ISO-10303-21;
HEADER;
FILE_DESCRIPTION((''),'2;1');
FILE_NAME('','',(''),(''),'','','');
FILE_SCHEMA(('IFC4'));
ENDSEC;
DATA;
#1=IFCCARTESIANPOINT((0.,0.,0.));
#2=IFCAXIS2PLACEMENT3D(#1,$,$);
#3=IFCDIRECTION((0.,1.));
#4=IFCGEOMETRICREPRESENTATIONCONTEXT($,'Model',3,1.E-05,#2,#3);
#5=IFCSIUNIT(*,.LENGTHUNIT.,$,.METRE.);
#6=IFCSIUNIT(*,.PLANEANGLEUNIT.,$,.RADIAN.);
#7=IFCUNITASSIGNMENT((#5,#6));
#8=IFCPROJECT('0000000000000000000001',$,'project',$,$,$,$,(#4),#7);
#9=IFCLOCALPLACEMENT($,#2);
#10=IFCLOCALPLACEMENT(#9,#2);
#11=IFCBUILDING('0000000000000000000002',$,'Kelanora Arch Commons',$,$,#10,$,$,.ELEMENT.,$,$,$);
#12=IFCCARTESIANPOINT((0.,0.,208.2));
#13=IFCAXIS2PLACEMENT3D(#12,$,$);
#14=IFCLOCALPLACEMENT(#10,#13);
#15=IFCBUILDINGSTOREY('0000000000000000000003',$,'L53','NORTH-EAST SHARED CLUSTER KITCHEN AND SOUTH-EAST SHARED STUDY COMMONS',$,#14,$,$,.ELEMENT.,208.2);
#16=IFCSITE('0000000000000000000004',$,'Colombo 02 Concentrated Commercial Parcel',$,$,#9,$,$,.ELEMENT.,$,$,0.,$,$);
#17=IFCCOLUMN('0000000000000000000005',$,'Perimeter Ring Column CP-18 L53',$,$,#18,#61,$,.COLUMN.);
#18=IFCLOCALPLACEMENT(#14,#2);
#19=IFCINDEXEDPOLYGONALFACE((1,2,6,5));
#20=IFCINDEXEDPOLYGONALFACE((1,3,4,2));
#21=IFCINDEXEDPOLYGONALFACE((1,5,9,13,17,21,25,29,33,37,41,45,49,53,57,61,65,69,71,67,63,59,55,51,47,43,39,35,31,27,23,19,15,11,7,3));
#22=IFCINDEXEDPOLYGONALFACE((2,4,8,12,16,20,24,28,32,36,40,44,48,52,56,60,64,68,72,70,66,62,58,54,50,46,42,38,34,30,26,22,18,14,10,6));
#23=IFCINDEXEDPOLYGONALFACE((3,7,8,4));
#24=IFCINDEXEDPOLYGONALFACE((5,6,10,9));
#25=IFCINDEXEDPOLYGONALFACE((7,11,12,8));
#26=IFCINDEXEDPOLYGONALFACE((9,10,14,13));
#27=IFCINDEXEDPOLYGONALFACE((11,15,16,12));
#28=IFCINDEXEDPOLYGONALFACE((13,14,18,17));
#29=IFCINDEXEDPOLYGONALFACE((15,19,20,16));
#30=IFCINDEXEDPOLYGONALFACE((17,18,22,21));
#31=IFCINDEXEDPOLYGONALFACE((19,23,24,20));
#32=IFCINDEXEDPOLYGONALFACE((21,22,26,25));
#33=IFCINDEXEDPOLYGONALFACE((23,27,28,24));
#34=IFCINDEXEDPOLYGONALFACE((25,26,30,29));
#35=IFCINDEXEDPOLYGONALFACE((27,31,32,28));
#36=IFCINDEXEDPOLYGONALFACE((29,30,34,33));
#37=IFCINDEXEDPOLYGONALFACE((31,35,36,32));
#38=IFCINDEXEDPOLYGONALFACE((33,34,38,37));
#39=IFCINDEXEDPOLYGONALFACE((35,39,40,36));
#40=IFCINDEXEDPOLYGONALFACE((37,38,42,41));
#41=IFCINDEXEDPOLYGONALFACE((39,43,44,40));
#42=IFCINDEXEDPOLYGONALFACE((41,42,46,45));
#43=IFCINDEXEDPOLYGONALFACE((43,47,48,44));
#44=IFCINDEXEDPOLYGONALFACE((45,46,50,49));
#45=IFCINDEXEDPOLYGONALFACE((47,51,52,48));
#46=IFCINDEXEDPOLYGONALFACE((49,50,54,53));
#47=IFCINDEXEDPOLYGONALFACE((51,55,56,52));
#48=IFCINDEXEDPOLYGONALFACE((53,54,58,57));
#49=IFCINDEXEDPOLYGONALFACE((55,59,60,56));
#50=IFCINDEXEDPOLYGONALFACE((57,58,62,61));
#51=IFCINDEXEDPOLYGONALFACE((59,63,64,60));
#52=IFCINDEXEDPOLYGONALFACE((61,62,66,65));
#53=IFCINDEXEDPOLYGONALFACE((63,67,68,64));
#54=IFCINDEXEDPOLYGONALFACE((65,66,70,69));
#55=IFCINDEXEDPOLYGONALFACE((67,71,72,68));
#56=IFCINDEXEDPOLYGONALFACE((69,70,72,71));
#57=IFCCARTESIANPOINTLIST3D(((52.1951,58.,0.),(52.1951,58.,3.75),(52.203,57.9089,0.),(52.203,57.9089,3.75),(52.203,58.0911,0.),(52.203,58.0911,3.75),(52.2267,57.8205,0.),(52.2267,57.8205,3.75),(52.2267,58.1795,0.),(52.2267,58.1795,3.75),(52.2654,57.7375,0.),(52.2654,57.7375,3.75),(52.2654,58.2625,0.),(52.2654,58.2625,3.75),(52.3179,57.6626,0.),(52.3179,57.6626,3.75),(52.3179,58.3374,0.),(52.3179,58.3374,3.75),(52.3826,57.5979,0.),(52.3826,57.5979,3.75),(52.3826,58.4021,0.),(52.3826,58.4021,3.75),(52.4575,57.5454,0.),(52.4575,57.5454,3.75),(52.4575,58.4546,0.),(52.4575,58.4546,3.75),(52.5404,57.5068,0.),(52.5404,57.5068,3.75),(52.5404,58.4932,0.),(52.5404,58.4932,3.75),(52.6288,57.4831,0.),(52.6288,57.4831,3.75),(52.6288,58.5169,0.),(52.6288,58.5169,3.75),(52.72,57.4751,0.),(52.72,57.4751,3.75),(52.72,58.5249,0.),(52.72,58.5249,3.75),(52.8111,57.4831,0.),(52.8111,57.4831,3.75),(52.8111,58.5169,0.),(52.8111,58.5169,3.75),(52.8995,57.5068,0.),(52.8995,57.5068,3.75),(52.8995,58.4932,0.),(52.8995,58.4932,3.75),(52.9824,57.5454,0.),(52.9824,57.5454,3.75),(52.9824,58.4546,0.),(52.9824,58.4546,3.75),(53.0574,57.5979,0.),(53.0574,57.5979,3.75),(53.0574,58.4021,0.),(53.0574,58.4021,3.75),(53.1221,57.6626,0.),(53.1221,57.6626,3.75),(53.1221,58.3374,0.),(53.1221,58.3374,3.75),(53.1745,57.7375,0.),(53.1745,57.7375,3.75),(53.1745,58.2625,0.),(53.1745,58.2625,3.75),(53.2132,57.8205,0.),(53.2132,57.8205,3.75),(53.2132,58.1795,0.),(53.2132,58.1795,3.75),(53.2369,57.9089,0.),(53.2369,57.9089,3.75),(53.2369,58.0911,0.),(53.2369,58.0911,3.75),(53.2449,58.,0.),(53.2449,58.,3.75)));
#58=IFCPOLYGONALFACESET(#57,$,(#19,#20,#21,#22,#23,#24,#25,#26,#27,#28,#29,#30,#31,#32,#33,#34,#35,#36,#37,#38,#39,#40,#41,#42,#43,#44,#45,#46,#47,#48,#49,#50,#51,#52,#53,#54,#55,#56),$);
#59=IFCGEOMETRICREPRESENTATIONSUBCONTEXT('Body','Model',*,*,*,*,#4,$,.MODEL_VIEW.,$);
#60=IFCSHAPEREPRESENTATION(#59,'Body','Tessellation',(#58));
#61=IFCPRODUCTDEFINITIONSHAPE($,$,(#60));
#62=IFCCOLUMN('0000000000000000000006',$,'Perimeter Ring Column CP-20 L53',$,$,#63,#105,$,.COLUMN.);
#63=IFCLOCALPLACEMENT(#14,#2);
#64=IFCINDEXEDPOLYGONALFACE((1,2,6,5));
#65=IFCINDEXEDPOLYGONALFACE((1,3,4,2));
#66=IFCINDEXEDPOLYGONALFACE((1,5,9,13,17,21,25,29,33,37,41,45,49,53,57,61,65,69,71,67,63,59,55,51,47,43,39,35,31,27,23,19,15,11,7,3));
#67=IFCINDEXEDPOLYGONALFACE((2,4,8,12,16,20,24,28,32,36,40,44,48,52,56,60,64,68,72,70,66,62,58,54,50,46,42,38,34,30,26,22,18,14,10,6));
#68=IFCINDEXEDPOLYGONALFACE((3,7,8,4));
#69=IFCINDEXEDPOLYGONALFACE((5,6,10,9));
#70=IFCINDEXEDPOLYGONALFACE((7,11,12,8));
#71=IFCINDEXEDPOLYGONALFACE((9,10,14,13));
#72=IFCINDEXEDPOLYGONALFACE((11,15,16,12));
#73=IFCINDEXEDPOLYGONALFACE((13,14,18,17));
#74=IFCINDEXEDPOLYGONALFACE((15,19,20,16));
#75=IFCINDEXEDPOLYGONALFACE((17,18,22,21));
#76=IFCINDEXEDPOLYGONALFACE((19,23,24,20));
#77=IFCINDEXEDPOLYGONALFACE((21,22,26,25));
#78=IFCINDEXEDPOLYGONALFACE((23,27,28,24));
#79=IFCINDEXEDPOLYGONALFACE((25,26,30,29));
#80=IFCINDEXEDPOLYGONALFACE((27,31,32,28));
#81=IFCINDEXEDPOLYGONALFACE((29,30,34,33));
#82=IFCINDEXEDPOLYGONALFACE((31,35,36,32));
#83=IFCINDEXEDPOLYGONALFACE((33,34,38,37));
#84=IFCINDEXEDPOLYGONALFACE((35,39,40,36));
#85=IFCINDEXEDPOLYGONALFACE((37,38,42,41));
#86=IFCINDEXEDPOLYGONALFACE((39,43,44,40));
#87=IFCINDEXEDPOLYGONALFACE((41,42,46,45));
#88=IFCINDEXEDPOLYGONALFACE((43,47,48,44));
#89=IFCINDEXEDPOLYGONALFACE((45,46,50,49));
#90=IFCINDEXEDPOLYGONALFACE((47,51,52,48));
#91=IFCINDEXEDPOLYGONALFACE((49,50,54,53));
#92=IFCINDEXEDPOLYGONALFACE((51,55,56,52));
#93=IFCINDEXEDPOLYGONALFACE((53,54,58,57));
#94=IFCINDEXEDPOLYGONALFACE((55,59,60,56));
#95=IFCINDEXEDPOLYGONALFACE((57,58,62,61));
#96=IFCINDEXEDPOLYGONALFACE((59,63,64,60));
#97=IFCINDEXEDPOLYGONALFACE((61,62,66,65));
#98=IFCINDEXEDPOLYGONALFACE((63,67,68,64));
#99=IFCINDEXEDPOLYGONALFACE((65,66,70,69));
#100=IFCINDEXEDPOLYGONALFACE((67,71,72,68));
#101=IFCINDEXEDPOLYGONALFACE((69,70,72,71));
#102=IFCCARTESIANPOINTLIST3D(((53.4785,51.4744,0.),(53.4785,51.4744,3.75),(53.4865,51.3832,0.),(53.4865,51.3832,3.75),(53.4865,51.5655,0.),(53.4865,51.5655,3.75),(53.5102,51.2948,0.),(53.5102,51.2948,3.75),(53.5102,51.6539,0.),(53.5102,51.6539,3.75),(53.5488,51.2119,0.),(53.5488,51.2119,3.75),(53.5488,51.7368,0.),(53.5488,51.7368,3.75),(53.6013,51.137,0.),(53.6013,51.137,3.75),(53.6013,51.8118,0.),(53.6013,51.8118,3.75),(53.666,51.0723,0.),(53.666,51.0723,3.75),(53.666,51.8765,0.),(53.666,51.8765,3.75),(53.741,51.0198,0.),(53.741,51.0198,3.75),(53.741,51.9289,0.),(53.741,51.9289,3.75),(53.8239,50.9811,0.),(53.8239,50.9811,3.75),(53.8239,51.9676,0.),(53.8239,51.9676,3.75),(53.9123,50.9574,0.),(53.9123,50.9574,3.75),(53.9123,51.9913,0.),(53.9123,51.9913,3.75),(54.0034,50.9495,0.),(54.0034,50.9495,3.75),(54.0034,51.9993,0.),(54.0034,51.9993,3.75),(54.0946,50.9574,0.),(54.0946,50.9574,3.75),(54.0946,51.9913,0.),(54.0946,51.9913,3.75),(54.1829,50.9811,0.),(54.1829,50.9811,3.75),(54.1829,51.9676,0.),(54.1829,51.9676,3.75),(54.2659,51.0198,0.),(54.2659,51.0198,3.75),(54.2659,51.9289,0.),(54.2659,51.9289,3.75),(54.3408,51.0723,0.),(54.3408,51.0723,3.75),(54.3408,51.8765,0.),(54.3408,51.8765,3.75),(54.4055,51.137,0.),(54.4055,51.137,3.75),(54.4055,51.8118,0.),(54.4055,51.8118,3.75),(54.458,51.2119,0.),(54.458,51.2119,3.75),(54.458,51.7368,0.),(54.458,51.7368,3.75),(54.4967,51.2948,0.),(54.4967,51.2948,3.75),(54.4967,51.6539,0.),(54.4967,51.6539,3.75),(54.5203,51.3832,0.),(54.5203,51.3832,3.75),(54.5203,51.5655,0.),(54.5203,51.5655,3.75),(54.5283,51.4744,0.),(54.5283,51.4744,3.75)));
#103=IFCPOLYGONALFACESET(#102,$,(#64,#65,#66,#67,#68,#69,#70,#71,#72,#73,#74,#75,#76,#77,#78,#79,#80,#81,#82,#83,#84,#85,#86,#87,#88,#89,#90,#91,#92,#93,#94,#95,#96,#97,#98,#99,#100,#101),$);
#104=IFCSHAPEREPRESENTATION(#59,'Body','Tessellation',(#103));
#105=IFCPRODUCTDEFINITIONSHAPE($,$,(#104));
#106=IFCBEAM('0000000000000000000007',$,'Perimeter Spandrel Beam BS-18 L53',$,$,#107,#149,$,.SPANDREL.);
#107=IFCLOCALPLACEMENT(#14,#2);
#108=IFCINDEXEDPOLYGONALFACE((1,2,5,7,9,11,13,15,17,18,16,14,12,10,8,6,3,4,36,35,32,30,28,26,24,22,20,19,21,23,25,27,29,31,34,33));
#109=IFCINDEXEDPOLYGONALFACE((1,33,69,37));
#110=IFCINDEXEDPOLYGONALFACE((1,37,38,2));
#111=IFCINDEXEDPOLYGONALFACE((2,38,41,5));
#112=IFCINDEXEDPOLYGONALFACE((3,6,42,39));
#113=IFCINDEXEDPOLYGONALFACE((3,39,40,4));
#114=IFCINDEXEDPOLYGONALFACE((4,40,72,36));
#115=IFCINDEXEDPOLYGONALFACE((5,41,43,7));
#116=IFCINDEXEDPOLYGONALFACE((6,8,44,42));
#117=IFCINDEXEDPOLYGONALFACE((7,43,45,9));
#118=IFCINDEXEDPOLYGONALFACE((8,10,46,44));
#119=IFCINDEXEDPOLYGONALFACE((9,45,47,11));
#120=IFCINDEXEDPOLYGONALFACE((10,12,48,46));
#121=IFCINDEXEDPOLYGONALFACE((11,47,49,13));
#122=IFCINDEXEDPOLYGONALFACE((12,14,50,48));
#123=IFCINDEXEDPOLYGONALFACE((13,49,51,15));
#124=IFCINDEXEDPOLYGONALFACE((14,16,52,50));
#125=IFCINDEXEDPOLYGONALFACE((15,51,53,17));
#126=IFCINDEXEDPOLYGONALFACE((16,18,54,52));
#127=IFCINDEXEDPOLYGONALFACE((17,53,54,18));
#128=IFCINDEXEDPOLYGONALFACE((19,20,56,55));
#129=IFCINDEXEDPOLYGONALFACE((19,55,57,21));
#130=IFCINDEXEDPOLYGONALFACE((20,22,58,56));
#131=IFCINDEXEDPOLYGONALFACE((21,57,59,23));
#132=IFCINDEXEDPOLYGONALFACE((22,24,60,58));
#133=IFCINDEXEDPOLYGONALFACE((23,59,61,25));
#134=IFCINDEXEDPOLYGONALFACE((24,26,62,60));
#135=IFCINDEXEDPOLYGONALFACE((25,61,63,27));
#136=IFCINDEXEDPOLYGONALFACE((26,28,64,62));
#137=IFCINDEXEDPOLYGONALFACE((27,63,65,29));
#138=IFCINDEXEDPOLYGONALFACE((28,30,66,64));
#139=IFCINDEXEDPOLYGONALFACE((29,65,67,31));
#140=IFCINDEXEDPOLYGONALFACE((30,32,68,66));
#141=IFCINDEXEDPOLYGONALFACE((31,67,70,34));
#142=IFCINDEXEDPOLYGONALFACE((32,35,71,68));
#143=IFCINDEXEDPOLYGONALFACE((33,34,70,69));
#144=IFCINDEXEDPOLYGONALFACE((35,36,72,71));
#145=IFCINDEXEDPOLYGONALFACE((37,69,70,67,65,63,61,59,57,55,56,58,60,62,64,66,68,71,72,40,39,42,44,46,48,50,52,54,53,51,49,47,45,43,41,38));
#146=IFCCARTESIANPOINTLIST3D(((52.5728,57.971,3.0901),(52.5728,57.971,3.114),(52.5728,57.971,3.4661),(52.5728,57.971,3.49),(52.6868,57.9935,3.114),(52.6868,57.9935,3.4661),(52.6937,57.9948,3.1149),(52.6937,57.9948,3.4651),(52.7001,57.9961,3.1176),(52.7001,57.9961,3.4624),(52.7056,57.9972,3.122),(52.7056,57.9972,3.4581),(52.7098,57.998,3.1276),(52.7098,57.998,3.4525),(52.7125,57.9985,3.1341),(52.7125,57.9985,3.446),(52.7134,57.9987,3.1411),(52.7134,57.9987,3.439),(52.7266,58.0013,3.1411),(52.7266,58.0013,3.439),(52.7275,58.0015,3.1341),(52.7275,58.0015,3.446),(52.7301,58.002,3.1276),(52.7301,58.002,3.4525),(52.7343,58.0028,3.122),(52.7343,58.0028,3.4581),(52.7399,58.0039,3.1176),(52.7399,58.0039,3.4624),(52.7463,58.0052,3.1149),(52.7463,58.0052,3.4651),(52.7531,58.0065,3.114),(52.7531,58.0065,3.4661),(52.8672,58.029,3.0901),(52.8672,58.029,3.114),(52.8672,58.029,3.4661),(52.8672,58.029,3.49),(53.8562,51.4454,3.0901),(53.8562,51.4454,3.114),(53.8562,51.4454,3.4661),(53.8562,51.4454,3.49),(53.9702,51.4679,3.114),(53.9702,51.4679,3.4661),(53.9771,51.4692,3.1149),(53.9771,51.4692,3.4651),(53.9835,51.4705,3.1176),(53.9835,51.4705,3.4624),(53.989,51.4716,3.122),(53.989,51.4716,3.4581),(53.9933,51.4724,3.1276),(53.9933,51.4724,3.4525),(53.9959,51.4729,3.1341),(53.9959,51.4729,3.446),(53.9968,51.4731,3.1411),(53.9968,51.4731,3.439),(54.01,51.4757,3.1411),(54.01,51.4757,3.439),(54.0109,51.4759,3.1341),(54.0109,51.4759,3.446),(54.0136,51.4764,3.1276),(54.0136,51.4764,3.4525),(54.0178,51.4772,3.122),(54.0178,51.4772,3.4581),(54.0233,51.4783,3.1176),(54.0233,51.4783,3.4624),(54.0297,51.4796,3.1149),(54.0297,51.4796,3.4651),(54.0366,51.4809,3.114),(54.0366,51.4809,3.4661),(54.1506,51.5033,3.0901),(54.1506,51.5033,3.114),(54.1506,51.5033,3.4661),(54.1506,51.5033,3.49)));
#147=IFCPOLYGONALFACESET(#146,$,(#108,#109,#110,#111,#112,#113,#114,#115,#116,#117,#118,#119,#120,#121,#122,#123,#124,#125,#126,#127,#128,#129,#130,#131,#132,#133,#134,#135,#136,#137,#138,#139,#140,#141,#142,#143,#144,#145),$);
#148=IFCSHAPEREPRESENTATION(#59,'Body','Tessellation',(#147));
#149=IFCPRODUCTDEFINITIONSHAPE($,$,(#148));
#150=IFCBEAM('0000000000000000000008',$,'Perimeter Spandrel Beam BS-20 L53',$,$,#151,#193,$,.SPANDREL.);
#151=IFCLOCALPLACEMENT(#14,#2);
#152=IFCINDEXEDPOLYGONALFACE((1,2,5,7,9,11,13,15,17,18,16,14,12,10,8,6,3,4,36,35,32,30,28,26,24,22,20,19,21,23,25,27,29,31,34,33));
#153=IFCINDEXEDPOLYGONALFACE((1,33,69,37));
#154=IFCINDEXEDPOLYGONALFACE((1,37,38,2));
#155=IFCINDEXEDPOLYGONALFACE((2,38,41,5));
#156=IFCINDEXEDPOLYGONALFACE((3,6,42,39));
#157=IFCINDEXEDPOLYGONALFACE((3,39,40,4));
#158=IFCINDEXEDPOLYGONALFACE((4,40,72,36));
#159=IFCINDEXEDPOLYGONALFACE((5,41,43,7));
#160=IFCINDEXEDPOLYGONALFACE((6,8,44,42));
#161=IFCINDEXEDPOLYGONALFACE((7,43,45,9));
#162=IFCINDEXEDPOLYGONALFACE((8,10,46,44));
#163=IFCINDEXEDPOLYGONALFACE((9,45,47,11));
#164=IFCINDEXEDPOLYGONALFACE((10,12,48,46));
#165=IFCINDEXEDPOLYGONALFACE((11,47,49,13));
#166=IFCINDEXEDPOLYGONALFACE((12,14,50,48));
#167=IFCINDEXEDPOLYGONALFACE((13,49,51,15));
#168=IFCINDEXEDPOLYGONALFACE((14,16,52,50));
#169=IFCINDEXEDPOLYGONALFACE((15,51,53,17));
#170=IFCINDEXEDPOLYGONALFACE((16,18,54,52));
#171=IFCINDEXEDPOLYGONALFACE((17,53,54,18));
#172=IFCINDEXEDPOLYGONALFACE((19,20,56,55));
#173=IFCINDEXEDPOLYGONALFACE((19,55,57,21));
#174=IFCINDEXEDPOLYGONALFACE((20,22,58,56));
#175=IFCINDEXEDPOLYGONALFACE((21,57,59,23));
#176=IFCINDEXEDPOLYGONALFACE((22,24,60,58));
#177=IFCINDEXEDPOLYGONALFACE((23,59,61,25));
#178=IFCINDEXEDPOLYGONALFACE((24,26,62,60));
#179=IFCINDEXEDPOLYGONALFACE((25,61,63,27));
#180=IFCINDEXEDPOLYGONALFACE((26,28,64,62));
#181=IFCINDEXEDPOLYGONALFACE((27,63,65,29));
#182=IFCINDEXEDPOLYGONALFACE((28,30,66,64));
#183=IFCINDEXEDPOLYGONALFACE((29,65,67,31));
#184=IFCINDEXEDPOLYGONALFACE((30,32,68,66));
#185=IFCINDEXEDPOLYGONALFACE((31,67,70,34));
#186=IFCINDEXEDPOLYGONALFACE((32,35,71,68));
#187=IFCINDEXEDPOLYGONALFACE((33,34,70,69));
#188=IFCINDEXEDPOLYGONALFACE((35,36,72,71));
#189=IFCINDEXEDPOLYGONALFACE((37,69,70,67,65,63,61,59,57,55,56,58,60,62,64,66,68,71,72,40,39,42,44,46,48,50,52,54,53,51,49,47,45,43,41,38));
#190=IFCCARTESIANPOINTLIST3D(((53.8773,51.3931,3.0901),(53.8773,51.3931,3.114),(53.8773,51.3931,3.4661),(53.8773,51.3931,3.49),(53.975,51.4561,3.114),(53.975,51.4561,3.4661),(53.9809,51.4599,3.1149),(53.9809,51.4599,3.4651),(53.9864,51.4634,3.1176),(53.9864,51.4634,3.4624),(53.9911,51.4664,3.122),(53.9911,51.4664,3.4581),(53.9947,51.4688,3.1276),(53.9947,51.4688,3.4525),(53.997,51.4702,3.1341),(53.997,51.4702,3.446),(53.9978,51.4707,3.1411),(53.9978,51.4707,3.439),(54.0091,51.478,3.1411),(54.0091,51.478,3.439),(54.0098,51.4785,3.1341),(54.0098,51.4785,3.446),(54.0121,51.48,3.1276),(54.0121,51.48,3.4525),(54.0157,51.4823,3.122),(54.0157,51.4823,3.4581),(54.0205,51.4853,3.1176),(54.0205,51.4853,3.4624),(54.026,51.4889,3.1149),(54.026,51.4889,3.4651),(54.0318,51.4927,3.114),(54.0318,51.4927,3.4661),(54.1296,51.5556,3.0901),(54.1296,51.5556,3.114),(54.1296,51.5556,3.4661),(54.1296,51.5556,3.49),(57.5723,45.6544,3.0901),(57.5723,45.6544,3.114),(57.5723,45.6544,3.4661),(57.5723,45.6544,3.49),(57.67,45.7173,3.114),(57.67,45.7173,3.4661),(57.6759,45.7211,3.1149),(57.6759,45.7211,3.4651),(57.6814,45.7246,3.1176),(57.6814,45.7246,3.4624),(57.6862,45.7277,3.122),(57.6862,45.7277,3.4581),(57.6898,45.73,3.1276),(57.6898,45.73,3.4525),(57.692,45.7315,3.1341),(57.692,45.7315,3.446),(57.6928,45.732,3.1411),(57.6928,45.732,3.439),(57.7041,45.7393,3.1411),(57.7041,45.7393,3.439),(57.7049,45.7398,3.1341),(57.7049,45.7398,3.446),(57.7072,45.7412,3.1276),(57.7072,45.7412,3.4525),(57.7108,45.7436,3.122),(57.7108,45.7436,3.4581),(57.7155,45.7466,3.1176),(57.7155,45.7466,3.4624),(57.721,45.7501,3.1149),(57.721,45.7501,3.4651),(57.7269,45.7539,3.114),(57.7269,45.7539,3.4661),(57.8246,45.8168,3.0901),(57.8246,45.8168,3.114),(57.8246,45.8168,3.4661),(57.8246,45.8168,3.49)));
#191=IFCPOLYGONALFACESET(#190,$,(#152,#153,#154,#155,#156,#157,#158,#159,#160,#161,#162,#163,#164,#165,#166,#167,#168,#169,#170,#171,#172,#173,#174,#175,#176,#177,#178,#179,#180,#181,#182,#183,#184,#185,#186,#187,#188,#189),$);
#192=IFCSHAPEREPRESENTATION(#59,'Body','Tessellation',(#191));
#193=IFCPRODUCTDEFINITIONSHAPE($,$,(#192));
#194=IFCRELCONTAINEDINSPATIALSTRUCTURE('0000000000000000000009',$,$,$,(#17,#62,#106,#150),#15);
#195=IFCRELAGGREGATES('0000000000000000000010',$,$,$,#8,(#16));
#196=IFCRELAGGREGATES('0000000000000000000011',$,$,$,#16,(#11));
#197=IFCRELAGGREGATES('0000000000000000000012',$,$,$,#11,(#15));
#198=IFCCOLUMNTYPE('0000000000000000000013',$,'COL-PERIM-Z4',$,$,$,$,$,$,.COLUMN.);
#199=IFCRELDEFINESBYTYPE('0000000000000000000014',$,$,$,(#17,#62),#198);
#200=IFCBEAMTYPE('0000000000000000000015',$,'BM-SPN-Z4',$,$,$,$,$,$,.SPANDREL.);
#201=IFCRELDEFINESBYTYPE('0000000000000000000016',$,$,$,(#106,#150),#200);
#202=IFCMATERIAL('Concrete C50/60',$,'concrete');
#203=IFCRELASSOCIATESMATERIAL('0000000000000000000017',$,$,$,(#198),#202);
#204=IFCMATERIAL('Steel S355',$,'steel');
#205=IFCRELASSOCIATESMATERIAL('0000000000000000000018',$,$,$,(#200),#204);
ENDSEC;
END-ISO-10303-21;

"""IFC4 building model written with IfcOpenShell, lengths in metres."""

from ifc_helpers import new_model, si_unit, direction, frame, origin, origin_2d, place, context, subcontext, project, spatial, circle, i_section, extrude, material, material_profile, profile_set, type_object, element, save


model = new_model("IFC4")

# Units and contexts
model_context = context("Model", 3, precision=1e-05, world=origin(), true_north=direction((0.0, 1.0)))
body_context = subcontext(model_context, "Body", "Model", "MODEL_VIEW")
ifc_project = project(units=[si_unit("LENGTHUNIT", "METRE"), si_unit("PLANEANGLEUNIT", "RADIAN")], contexts=[model_context])

# Site, building, storey
site_placement = place(None, origin())
site = spatial("IfcSite", under=ifc_project, at=site_placement, Name="Colombo 02 Concentrated Commercial Parcel", CompositionType="ELEMENT", RefElevation=0.0)
building_placement = place(site_placement, origin())
building = spatial("IfcBuilding", under=site, at=building_placement, Name="Kelanora Arch Commons", CompositionType="ELEMENT")
storey_placement = place(building_placement, frame((0.0, 0.0, 208.2)))
storey = spatial("IfcBuildingStorey", under=building, at=storey_placement, Name="L53", Description="NORTH-EAST SHARED CLUSTER KITCHEN AND SOUTH-EAST SHARED STUDY COMMONS", CompositionType="ELEMENT", Elevation=208.2)

# Columns
ifc_material_1 = material(Name="Concrete C50/60", Category="concrete")
ifc_material_profile_1 = material_profile(ifc_material_1, circle(Radius=0.5249, at=origin_2d()), Name="RCC1050")
ifc_profile_set_1 = profile_set([ifc_material_profile_1], Name="Concrete C50/60")
column_type = type_object("IfcColumnType", Name="COL-PERIM-Z4", PredefinedType="COLUMN", material=ifc_profile_set_1)
for number, where, z_axis, x_axis, name in (
    (1, (52.72, 58.0, 0.0), (0.0, 0.0, 1.0), (1.0, 0.0, 0.0), "Perimeter Ring Column CP-18 L53"),
    (2, (54.0034, 51.4744, 0.0), (0.0, 0.0, 1.0), (1.0, 0.0, 0.0), "Perimeter Ring Column CP-20 L53"),
):
    element("IfcColumn", number, at=place(storey_placement, frame(where, z_axis=z_axis, x_axis=x_axis)), inside=storey, type_object=column_type, Name=name, PredefinedType="COLUMN", context=body_context, shape_type="SweptSolid", body=[
        extrude(circle(Radius=0.5249, at=origin_2d()), origin(), (0.0, 0.0, 1.0), 3.75),
    ])

# Beams
ifc_material_2 = material(Name="Steel S355", Category="steel")
ifc_material_profile_2 = material_profile(ifc_material_2, i_section(OverallWidth=0.3, OverallDepth=0.3999, WebThickness=0.0134, FlangeThickness=0.0239, FilletRadius=0.0271, at=origin_2d()), Name="HEB400")
ifc_profile_set_2 = profile_set([ifc_material_profile_2], Name="Steel S355")
beam_type = type_object("IfcBeamType", Name="BM-SPN-Z4", PredefinedType="SPANDREL", material=ifc_profile_set_2)
beam_1_placement = place(storey_placement, frame((52.72, 58.0, 3.29), z_axis=(0.192981, -0.981203, 0.0), x_axis=(0.981203, 0.192981, 0.0)))
element("IfcBeam", 3, at=beam_1_placement, inside=storey, type_object=beam_type, Name="Perimeter Spandrel Beam BS-18 L53", PredefinedType="SPANDREL", context=body_context, shape_type="SweptSolid", body=[
    extrude(i_section(OverallWidth=0.3, OverallDepth=0.3999, WebThickness=0.0134, FlangeThickness=0.0239, FilletRadius=0.0271, at=origin_2d()), origin(), (0.0, 0.0, 1.0), 6.6506),
])
beam_2_placement = place(storey_placement, frame((54.0034, 51.4744, 3.29), z_axis=(0.541365, -0.840788, 0.0), x_axis=(0.840788, 0.541365, 0.0)))
element("IfcBeam", 4, at=beam_2_placement, inside=storey, type_object=beam_type, Name="Perimeter Spandrel Beam BS-20 L53", PredefinedType="SPANDREL", context=body_context, shape_type="SweptSolid", body=[
    extrude(i_section(OverallWidth=0.3, OverallDepth=0.3999, WebThickness=0.0134, FlangeThickness=0.0239, FilletRadius=0.0271, at=origin_2d()), origin(), (0.0, 0.0, 1.0), 6.8254),
])

save(model, "model.ifc")
